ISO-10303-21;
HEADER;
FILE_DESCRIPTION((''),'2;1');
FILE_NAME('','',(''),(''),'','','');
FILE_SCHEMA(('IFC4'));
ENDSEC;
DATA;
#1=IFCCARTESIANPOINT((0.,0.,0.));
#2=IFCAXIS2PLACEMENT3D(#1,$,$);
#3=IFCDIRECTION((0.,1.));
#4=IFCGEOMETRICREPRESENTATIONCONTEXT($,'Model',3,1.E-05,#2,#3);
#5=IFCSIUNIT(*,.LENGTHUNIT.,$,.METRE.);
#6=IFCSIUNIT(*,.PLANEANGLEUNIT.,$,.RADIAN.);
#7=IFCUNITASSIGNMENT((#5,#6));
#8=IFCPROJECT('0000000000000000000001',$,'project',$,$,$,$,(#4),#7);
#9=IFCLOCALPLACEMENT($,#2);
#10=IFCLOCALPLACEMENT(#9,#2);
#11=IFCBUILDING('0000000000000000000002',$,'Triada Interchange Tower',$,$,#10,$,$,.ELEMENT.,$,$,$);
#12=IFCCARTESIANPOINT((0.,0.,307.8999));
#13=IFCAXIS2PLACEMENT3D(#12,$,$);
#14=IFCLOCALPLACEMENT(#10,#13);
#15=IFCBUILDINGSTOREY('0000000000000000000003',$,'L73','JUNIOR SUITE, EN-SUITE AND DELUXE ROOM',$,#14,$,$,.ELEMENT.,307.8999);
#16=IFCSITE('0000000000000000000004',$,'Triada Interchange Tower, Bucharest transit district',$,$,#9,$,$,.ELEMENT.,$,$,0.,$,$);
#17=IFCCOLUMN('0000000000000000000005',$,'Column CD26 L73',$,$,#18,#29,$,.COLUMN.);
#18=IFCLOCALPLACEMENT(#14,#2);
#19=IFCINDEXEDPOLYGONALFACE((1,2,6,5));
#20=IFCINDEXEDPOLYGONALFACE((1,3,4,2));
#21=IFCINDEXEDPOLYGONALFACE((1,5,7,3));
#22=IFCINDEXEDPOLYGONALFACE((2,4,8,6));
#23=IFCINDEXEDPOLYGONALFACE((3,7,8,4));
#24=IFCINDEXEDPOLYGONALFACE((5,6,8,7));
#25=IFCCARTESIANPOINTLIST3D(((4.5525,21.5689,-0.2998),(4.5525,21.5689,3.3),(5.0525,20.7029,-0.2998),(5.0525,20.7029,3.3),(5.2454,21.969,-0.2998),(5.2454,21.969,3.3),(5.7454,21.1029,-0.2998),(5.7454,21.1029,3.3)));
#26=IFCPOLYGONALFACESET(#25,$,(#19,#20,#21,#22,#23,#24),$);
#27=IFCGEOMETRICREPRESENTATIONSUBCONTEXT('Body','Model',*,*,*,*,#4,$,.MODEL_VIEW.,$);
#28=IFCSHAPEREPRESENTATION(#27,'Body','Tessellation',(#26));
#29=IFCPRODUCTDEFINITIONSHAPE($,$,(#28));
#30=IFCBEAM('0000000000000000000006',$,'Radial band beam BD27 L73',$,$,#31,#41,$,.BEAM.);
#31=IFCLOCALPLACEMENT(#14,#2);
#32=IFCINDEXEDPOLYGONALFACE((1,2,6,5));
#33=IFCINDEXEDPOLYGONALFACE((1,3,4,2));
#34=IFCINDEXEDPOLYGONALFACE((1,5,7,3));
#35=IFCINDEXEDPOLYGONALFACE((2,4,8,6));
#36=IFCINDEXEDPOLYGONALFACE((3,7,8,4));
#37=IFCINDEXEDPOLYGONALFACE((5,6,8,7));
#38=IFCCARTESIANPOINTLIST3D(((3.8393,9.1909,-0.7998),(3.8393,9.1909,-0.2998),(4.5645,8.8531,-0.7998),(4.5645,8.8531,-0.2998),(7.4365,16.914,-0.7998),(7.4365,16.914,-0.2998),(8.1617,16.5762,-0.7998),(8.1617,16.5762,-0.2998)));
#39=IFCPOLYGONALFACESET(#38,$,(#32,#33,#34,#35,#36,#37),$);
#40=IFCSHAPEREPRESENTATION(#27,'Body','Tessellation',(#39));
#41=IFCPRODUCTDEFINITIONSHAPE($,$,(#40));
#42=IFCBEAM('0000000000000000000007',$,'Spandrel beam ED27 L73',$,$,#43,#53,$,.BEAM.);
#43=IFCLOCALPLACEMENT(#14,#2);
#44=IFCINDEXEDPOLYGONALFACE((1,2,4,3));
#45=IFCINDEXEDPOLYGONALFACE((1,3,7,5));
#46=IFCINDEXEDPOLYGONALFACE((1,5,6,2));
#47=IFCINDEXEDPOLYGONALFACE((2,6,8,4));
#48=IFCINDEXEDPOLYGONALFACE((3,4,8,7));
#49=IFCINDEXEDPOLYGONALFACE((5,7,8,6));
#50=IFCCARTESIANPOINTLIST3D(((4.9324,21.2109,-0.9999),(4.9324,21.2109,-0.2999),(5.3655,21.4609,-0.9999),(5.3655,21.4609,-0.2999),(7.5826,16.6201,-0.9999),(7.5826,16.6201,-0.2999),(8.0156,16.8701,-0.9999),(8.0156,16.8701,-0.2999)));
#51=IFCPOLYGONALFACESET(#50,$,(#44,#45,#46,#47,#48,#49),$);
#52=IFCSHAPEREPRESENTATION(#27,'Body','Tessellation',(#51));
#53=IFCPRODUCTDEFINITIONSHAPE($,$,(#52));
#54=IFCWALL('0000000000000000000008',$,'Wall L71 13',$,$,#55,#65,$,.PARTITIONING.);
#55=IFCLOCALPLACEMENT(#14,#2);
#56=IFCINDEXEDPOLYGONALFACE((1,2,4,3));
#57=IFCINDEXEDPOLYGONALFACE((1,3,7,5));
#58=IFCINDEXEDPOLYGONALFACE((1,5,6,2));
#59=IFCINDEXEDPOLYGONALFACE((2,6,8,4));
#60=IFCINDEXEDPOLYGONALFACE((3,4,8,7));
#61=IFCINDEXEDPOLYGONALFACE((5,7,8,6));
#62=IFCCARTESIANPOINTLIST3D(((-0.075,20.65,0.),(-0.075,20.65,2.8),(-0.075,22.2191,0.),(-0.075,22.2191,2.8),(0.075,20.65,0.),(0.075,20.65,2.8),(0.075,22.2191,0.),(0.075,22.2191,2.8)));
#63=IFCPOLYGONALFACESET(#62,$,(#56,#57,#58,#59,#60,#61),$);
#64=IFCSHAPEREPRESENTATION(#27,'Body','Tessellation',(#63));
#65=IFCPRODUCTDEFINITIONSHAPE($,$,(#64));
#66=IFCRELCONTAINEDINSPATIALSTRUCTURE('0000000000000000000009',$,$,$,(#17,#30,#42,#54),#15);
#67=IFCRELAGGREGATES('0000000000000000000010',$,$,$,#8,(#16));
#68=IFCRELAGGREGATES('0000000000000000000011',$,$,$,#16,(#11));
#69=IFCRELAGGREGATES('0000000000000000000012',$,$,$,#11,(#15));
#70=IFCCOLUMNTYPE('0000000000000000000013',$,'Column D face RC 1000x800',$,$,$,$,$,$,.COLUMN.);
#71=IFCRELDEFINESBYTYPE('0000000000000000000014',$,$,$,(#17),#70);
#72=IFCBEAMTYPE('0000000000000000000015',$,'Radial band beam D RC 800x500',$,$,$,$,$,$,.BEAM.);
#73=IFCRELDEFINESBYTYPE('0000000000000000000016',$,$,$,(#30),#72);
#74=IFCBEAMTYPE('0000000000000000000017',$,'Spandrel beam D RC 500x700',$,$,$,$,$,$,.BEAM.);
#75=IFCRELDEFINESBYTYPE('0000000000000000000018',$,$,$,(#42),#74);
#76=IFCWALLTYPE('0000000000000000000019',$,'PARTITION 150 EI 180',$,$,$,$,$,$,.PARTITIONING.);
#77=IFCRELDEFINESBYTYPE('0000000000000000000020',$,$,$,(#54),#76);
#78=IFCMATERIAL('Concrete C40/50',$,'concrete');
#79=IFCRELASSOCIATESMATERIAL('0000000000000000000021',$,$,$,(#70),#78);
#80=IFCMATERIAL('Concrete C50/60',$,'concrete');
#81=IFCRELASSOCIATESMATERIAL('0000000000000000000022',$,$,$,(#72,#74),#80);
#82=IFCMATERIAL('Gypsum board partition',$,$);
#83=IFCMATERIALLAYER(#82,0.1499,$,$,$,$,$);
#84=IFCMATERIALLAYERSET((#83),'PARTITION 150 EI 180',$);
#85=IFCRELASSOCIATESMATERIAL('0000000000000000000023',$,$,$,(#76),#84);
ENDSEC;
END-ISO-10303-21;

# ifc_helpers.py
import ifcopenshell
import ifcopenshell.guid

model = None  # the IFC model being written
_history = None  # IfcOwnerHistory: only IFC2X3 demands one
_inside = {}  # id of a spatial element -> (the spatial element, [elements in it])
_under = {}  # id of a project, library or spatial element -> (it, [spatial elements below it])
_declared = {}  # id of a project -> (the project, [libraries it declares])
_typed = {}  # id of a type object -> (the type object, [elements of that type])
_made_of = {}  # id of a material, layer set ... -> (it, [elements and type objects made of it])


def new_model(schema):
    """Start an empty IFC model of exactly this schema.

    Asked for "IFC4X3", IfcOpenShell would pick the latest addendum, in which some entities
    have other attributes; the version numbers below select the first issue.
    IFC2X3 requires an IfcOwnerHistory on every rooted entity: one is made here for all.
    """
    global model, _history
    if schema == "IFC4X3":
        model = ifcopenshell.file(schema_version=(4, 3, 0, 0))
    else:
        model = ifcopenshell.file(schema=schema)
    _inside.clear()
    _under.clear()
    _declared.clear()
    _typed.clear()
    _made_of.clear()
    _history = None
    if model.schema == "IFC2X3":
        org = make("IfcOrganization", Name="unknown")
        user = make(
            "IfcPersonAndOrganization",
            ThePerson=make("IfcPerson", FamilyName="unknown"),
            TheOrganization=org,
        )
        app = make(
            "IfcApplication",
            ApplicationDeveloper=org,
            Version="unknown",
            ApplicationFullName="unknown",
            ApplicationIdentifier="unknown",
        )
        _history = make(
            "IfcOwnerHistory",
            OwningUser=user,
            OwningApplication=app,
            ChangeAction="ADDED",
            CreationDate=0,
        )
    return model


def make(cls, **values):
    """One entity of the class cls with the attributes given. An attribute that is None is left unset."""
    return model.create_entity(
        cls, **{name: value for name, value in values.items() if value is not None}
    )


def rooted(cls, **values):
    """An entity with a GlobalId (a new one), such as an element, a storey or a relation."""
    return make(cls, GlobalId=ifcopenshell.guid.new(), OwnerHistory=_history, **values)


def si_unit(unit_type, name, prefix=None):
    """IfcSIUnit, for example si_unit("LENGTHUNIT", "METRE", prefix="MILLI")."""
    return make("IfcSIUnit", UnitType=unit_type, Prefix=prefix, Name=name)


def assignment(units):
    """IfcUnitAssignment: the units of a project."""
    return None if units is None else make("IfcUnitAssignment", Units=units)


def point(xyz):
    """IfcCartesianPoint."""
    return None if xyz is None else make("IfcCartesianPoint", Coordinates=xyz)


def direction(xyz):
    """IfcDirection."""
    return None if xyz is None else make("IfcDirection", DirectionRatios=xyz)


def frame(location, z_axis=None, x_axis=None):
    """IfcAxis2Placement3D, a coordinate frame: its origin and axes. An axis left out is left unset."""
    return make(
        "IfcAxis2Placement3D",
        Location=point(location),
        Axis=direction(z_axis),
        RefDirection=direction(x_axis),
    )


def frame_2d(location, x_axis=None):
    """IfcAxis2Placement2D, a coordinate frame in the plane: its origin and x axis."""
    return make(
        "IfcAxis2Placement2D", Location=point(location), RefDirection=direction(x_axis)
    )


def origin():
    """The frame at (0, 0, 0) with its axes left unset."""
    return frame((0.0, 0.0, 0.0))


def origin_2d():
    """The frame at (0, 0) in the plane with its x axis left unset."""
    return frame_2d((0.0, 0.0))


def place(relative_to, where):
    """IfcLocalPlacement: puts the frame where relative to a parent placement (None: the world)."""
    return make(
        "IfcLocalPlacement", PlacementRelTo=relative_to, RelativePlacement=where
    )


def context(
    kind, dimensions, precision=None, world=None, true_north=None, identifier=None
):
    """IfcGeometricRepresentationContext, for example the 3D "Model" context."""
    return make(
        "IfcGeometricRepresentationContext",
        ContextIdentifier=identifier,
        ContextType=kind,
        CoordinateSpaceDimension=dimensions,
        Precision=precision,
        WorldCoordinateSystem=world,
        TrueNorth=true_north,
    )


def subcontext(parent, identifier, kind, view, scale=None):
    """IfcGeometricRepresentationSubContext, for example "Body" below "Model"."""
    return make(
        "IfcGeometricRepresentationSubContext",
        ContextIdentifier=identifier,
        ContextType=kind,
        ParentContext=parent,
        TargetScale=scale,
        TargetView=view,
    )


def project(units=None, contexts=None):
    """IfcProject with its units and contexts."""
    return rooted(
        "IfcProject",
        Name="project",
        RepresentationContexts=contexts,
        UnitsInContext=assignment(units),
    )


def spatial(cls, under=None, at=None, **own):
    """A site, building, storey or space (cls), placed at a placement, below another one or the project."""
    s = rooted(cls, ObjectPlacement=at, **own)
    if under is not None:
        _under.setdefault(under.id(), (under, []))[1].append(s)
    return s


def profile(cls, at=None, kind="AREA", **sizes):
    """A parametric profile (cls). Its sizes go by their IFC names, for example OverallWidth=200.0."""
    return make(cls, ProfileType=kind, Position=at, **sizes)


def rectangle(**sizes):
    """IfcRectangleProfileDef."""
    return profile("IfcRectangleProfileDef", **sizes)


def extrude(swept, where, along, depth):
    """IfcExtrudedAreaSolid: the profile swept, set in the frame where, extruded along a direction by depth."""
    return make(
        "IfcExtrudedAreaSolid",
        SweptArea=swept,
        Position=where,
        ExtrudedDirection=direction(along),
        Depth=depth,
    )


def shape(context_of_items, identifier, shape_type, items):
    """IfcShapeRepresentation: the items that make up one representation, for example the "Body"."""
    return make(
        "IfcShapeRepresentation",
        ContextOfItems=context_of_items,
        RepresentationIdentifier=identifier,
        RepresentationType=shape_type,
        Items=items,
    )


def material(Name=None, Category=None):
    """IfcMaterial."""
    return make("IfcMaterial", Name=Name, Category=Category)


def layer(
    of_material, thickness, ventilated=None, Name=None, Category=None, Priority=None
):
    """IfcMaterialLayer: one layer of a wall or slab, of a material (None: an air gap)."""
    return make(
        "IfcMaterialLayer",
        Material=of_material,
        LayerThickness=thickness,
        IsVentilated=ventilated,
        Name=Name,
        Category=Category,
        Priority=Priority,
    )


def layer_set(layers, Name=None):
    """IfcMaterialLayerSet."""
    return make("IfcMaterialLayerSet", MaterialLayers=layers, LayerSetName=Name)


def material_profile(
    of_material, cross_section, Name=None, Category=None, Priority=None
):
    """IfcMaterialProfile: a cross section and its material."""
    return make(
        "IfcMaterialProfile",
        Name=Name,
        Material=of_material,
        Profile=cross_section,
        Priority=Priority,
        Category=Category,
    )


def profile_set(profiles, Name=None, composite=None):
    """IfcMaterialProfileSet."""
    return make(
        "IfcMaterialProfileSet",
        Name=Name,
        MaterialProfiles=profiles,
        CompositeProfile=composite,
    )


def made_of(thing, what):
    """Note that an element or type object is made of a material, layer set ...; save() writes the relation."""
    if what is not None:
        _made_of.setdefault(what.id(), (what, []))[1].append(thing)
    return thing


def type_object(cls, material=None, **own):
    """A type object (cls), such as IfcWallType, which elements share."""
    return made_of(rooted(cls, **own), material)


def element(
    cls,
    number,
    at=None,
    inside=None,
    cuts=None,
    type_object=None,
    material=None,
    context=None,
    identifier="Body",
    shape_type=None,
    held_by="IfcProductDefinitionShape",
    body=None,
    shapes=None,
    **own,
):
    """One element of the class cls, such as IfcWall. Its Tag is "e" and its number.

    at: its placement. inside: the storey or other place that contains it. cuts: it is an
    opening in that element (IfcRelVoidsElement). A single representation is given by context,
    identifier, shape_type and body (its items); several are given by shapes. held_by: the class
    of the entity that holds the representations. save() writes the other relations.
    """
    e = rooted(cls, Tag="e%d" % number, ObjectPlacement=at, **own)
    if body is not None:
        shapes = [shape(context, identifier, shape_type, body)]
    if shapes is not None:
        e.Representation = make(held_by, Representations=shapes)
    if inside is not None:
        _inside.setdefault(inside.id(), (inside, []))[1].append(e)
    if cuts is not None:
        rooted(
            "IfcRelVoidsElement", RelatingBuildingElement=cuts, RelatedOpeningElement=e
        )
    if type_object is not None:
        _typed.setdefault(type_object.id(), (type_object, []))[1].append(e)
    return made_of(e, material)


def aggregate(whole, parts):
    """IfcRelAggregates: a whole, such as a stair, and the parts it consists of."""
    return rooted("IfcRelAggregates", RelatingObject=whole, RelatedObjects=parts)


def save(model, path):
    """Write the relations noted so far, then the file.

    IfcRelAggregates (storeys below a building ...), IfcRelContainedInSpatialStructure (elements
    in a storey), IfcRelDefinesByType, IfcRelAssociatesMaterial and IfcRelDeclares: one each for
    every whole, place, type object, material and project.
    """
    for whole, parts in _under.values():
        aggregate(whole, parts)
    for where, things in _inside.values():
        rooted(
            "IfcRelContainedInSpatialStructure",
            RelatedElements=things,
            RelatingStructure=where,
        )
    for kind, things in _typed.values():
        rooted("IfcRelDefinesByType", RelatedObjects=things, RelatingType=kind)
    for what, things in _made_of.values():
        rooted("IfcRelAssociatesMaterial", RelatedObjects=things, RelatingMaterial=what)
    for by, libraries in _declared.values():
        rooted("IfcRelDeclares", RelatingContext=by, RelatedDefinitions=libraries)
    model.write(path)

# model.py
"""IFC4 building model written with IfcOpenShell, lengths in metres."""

from ifc_helpers import new_model, si_unit, direction, frame, frame_2d, origin, origin_2d, place, context, subcontext, project, spatial, rectangle, extrude, material, layer, layer_set, material_profile, profile_set, type_object, element, save


model = new_model("IFC4")

# Units and contexts
model_context = context("Model", 3, precision=1e-05, world=origin(), true_north=direction((0.0, 1.0)))
body_context = subcontext(model_context, "Body", "Model", "MODEL_VIEW")
ifc_project = project(units=[si_unit("LENGTHUNIT", "METRE"), si_unit("PLANEANGLEUNIT", "RADIAN")], contexts=[model_context])

# Site, building, storey
site_placement = place(None, origin())
site = spatial("IfcSite", under=ifc_project, at=site_placement, Name="Triada Interchange Tower, Bucharest transit district", CompositionType="ELEMENT", RefElevation=0.0)
building_placement = place(site_placement, origin())
building = spatial("IfcBuilding", under=site, at=building_placement, Name="Triada Interchange Tower", CompositionType="ELEMENT")
storey_placement = place(building_placement, frame((0.0, 0.0, 307.8999)))
storey = spatial("IfcBuildingStorey", under=building, at=storey_placement, Name="L73", Description="JUNIOR SUITE, EN-SUITE AND DELUXE ROOM", CompositionType="ELEMENT", Elevation=307.8999)

# Column
ifc_material_1 = material(Name="Concrete C40/50", Category="concrete")
ifc_material_profile_1 = material_profile(ifc_material_1, rectangle(XDim=1.0, YDim=0.8, at=origin_2d()), Name="RC 1000x800")
ifc_profile_set_1 = profile_set([ifc_material_profile_1], Name="Concrete C40/50")
column_type = type_object("IfcColumnType", Name="Column D face RC 1000x800", PredefinedType="COLUMN", material=ifc_profile_set_1)
column_placement = place(storey_placement, frame((5.1489, 21.3359, -0.2998), z_axis=(0.0, 0.0, 1.0), x_axis=(-0.5, 0.866025, 0.0)))
element("IfcColumn", 1, at=column_placement, inside=storey, type_object=column_type, Name="Column CD26 L73", PredefinedType="COLUMN", context=body_context, shape_type="SweptSolid", body=[
    extrude(rectangle(XDim=1.0, YDim=0.8, at=origin_2d()), origin(), (0.0, 0.0, 1.0), 3.5999),
])

# Beams
ifc_material_2 = material(Name="Concrete C50/60", Category="concrete")
ifc_material_profile_2 = material_profile(ifc_material_2, rectangle(XDim=0.8, YDim=0.5, at=origin_2d()), Name="RC 800x500")
ifc_profile_set_2 = profile_set([ifc_material_profile_2], Name="Concrete C50/60")
beam_type_1 = type_object("IfcBeamType", Name="Radial band beam D RC 800x500", PredefinedType="BEAM", material=ifc_profile_set_2)
beam_1_placement = place(storey_placement, frame((7.7991, 16.7451, -0.5498), z_axis=(-0.422214, -0.906496, 0.0), x_axis=(0.906496, -0.422214, 0.0)))
element("IfcBeam", 2, at=beam_1_placement, inside=storey, type_object=beam_type_1, Name="Radial band beam BD27 L73", PredefinedType="BEAM", context=body_context, shape_type="SweptSolid", body=[
    extrude(rectangle(XDim=0.8, YDim=0.5, at=origin_2d()), origin(), (0.0, 0.0, 1.0), 8.5198),
])
ifc_material_profile_3 = material_profile(ifc_material_2, rectangle(XDim=0.5, YDim=0.7, at=origin_2d()), Name="RC 500x700")
ifc_profile_set_3 = profile_set([ifc_material_profile_3], Name="Concrete C50/60")
beam_type_2 = type_object("IfcBeamType", Name="Spandrel beam D RC 500x700", PredefinedType="BEAM", material=ifc_profile_set_3)
beam_2_placement = place(storey_placement, frame((7.7991, 16.7451, -0.6499), z_axis=(-0.499948, 0.866055, 0.0), x_axis=(-0.866055, -0.499948, 0.0)))
element("IfcBeam", 3, at=beam_2_placement, inside=storey, type_object=beam_type_2, Name="Spandrel beam ED27 L73", PredefinedType="BEAM", context=body_context, shape_type="SweptSolid", body=[
    extrude(rectangle(XDim=0.5, YDim=0.7, at=origin_2d()), origin(), (0.0, 0.0, 1.0), 5.3008),
])

# Wall
ifc_material_3 = material(Name="Gypsum board partition")
ifc_layer_1 = layer(ifc_material_3, 0.1499)
ifc_layer_set_1 = layer_set([ifc_layer_1], Name="PARTITION 150 EI 180")
wall_type_1 = type_object("IfcWallType", Name="PARTITION 150 EI 180", PredefinedType="PARTITIONING", material=ifc_layer_set_1)
wall_1_placement = place(storey_placement, frame((0.0, 20.6499, 0.0), z_axis=(0.0, 0.0, 1.0), x_axis=(0.0, 1.0, 0.0)))
element("IfcWall", 4, at=wall_1_placement, inside=storey, type_object=wall_type_1, Name="Wall L71 13", PredefinedType="PARTITIONING", context=body_context, shape_type="SweptSolid", body=[
    extrude(rectangle(XDim=1.5691, YDim=0.1499, at=frame_2d((0.7847, 0.0))), origin(), (0.0, 0.0, 1.0), 2.8),
])

save(model, "model.ifc")
